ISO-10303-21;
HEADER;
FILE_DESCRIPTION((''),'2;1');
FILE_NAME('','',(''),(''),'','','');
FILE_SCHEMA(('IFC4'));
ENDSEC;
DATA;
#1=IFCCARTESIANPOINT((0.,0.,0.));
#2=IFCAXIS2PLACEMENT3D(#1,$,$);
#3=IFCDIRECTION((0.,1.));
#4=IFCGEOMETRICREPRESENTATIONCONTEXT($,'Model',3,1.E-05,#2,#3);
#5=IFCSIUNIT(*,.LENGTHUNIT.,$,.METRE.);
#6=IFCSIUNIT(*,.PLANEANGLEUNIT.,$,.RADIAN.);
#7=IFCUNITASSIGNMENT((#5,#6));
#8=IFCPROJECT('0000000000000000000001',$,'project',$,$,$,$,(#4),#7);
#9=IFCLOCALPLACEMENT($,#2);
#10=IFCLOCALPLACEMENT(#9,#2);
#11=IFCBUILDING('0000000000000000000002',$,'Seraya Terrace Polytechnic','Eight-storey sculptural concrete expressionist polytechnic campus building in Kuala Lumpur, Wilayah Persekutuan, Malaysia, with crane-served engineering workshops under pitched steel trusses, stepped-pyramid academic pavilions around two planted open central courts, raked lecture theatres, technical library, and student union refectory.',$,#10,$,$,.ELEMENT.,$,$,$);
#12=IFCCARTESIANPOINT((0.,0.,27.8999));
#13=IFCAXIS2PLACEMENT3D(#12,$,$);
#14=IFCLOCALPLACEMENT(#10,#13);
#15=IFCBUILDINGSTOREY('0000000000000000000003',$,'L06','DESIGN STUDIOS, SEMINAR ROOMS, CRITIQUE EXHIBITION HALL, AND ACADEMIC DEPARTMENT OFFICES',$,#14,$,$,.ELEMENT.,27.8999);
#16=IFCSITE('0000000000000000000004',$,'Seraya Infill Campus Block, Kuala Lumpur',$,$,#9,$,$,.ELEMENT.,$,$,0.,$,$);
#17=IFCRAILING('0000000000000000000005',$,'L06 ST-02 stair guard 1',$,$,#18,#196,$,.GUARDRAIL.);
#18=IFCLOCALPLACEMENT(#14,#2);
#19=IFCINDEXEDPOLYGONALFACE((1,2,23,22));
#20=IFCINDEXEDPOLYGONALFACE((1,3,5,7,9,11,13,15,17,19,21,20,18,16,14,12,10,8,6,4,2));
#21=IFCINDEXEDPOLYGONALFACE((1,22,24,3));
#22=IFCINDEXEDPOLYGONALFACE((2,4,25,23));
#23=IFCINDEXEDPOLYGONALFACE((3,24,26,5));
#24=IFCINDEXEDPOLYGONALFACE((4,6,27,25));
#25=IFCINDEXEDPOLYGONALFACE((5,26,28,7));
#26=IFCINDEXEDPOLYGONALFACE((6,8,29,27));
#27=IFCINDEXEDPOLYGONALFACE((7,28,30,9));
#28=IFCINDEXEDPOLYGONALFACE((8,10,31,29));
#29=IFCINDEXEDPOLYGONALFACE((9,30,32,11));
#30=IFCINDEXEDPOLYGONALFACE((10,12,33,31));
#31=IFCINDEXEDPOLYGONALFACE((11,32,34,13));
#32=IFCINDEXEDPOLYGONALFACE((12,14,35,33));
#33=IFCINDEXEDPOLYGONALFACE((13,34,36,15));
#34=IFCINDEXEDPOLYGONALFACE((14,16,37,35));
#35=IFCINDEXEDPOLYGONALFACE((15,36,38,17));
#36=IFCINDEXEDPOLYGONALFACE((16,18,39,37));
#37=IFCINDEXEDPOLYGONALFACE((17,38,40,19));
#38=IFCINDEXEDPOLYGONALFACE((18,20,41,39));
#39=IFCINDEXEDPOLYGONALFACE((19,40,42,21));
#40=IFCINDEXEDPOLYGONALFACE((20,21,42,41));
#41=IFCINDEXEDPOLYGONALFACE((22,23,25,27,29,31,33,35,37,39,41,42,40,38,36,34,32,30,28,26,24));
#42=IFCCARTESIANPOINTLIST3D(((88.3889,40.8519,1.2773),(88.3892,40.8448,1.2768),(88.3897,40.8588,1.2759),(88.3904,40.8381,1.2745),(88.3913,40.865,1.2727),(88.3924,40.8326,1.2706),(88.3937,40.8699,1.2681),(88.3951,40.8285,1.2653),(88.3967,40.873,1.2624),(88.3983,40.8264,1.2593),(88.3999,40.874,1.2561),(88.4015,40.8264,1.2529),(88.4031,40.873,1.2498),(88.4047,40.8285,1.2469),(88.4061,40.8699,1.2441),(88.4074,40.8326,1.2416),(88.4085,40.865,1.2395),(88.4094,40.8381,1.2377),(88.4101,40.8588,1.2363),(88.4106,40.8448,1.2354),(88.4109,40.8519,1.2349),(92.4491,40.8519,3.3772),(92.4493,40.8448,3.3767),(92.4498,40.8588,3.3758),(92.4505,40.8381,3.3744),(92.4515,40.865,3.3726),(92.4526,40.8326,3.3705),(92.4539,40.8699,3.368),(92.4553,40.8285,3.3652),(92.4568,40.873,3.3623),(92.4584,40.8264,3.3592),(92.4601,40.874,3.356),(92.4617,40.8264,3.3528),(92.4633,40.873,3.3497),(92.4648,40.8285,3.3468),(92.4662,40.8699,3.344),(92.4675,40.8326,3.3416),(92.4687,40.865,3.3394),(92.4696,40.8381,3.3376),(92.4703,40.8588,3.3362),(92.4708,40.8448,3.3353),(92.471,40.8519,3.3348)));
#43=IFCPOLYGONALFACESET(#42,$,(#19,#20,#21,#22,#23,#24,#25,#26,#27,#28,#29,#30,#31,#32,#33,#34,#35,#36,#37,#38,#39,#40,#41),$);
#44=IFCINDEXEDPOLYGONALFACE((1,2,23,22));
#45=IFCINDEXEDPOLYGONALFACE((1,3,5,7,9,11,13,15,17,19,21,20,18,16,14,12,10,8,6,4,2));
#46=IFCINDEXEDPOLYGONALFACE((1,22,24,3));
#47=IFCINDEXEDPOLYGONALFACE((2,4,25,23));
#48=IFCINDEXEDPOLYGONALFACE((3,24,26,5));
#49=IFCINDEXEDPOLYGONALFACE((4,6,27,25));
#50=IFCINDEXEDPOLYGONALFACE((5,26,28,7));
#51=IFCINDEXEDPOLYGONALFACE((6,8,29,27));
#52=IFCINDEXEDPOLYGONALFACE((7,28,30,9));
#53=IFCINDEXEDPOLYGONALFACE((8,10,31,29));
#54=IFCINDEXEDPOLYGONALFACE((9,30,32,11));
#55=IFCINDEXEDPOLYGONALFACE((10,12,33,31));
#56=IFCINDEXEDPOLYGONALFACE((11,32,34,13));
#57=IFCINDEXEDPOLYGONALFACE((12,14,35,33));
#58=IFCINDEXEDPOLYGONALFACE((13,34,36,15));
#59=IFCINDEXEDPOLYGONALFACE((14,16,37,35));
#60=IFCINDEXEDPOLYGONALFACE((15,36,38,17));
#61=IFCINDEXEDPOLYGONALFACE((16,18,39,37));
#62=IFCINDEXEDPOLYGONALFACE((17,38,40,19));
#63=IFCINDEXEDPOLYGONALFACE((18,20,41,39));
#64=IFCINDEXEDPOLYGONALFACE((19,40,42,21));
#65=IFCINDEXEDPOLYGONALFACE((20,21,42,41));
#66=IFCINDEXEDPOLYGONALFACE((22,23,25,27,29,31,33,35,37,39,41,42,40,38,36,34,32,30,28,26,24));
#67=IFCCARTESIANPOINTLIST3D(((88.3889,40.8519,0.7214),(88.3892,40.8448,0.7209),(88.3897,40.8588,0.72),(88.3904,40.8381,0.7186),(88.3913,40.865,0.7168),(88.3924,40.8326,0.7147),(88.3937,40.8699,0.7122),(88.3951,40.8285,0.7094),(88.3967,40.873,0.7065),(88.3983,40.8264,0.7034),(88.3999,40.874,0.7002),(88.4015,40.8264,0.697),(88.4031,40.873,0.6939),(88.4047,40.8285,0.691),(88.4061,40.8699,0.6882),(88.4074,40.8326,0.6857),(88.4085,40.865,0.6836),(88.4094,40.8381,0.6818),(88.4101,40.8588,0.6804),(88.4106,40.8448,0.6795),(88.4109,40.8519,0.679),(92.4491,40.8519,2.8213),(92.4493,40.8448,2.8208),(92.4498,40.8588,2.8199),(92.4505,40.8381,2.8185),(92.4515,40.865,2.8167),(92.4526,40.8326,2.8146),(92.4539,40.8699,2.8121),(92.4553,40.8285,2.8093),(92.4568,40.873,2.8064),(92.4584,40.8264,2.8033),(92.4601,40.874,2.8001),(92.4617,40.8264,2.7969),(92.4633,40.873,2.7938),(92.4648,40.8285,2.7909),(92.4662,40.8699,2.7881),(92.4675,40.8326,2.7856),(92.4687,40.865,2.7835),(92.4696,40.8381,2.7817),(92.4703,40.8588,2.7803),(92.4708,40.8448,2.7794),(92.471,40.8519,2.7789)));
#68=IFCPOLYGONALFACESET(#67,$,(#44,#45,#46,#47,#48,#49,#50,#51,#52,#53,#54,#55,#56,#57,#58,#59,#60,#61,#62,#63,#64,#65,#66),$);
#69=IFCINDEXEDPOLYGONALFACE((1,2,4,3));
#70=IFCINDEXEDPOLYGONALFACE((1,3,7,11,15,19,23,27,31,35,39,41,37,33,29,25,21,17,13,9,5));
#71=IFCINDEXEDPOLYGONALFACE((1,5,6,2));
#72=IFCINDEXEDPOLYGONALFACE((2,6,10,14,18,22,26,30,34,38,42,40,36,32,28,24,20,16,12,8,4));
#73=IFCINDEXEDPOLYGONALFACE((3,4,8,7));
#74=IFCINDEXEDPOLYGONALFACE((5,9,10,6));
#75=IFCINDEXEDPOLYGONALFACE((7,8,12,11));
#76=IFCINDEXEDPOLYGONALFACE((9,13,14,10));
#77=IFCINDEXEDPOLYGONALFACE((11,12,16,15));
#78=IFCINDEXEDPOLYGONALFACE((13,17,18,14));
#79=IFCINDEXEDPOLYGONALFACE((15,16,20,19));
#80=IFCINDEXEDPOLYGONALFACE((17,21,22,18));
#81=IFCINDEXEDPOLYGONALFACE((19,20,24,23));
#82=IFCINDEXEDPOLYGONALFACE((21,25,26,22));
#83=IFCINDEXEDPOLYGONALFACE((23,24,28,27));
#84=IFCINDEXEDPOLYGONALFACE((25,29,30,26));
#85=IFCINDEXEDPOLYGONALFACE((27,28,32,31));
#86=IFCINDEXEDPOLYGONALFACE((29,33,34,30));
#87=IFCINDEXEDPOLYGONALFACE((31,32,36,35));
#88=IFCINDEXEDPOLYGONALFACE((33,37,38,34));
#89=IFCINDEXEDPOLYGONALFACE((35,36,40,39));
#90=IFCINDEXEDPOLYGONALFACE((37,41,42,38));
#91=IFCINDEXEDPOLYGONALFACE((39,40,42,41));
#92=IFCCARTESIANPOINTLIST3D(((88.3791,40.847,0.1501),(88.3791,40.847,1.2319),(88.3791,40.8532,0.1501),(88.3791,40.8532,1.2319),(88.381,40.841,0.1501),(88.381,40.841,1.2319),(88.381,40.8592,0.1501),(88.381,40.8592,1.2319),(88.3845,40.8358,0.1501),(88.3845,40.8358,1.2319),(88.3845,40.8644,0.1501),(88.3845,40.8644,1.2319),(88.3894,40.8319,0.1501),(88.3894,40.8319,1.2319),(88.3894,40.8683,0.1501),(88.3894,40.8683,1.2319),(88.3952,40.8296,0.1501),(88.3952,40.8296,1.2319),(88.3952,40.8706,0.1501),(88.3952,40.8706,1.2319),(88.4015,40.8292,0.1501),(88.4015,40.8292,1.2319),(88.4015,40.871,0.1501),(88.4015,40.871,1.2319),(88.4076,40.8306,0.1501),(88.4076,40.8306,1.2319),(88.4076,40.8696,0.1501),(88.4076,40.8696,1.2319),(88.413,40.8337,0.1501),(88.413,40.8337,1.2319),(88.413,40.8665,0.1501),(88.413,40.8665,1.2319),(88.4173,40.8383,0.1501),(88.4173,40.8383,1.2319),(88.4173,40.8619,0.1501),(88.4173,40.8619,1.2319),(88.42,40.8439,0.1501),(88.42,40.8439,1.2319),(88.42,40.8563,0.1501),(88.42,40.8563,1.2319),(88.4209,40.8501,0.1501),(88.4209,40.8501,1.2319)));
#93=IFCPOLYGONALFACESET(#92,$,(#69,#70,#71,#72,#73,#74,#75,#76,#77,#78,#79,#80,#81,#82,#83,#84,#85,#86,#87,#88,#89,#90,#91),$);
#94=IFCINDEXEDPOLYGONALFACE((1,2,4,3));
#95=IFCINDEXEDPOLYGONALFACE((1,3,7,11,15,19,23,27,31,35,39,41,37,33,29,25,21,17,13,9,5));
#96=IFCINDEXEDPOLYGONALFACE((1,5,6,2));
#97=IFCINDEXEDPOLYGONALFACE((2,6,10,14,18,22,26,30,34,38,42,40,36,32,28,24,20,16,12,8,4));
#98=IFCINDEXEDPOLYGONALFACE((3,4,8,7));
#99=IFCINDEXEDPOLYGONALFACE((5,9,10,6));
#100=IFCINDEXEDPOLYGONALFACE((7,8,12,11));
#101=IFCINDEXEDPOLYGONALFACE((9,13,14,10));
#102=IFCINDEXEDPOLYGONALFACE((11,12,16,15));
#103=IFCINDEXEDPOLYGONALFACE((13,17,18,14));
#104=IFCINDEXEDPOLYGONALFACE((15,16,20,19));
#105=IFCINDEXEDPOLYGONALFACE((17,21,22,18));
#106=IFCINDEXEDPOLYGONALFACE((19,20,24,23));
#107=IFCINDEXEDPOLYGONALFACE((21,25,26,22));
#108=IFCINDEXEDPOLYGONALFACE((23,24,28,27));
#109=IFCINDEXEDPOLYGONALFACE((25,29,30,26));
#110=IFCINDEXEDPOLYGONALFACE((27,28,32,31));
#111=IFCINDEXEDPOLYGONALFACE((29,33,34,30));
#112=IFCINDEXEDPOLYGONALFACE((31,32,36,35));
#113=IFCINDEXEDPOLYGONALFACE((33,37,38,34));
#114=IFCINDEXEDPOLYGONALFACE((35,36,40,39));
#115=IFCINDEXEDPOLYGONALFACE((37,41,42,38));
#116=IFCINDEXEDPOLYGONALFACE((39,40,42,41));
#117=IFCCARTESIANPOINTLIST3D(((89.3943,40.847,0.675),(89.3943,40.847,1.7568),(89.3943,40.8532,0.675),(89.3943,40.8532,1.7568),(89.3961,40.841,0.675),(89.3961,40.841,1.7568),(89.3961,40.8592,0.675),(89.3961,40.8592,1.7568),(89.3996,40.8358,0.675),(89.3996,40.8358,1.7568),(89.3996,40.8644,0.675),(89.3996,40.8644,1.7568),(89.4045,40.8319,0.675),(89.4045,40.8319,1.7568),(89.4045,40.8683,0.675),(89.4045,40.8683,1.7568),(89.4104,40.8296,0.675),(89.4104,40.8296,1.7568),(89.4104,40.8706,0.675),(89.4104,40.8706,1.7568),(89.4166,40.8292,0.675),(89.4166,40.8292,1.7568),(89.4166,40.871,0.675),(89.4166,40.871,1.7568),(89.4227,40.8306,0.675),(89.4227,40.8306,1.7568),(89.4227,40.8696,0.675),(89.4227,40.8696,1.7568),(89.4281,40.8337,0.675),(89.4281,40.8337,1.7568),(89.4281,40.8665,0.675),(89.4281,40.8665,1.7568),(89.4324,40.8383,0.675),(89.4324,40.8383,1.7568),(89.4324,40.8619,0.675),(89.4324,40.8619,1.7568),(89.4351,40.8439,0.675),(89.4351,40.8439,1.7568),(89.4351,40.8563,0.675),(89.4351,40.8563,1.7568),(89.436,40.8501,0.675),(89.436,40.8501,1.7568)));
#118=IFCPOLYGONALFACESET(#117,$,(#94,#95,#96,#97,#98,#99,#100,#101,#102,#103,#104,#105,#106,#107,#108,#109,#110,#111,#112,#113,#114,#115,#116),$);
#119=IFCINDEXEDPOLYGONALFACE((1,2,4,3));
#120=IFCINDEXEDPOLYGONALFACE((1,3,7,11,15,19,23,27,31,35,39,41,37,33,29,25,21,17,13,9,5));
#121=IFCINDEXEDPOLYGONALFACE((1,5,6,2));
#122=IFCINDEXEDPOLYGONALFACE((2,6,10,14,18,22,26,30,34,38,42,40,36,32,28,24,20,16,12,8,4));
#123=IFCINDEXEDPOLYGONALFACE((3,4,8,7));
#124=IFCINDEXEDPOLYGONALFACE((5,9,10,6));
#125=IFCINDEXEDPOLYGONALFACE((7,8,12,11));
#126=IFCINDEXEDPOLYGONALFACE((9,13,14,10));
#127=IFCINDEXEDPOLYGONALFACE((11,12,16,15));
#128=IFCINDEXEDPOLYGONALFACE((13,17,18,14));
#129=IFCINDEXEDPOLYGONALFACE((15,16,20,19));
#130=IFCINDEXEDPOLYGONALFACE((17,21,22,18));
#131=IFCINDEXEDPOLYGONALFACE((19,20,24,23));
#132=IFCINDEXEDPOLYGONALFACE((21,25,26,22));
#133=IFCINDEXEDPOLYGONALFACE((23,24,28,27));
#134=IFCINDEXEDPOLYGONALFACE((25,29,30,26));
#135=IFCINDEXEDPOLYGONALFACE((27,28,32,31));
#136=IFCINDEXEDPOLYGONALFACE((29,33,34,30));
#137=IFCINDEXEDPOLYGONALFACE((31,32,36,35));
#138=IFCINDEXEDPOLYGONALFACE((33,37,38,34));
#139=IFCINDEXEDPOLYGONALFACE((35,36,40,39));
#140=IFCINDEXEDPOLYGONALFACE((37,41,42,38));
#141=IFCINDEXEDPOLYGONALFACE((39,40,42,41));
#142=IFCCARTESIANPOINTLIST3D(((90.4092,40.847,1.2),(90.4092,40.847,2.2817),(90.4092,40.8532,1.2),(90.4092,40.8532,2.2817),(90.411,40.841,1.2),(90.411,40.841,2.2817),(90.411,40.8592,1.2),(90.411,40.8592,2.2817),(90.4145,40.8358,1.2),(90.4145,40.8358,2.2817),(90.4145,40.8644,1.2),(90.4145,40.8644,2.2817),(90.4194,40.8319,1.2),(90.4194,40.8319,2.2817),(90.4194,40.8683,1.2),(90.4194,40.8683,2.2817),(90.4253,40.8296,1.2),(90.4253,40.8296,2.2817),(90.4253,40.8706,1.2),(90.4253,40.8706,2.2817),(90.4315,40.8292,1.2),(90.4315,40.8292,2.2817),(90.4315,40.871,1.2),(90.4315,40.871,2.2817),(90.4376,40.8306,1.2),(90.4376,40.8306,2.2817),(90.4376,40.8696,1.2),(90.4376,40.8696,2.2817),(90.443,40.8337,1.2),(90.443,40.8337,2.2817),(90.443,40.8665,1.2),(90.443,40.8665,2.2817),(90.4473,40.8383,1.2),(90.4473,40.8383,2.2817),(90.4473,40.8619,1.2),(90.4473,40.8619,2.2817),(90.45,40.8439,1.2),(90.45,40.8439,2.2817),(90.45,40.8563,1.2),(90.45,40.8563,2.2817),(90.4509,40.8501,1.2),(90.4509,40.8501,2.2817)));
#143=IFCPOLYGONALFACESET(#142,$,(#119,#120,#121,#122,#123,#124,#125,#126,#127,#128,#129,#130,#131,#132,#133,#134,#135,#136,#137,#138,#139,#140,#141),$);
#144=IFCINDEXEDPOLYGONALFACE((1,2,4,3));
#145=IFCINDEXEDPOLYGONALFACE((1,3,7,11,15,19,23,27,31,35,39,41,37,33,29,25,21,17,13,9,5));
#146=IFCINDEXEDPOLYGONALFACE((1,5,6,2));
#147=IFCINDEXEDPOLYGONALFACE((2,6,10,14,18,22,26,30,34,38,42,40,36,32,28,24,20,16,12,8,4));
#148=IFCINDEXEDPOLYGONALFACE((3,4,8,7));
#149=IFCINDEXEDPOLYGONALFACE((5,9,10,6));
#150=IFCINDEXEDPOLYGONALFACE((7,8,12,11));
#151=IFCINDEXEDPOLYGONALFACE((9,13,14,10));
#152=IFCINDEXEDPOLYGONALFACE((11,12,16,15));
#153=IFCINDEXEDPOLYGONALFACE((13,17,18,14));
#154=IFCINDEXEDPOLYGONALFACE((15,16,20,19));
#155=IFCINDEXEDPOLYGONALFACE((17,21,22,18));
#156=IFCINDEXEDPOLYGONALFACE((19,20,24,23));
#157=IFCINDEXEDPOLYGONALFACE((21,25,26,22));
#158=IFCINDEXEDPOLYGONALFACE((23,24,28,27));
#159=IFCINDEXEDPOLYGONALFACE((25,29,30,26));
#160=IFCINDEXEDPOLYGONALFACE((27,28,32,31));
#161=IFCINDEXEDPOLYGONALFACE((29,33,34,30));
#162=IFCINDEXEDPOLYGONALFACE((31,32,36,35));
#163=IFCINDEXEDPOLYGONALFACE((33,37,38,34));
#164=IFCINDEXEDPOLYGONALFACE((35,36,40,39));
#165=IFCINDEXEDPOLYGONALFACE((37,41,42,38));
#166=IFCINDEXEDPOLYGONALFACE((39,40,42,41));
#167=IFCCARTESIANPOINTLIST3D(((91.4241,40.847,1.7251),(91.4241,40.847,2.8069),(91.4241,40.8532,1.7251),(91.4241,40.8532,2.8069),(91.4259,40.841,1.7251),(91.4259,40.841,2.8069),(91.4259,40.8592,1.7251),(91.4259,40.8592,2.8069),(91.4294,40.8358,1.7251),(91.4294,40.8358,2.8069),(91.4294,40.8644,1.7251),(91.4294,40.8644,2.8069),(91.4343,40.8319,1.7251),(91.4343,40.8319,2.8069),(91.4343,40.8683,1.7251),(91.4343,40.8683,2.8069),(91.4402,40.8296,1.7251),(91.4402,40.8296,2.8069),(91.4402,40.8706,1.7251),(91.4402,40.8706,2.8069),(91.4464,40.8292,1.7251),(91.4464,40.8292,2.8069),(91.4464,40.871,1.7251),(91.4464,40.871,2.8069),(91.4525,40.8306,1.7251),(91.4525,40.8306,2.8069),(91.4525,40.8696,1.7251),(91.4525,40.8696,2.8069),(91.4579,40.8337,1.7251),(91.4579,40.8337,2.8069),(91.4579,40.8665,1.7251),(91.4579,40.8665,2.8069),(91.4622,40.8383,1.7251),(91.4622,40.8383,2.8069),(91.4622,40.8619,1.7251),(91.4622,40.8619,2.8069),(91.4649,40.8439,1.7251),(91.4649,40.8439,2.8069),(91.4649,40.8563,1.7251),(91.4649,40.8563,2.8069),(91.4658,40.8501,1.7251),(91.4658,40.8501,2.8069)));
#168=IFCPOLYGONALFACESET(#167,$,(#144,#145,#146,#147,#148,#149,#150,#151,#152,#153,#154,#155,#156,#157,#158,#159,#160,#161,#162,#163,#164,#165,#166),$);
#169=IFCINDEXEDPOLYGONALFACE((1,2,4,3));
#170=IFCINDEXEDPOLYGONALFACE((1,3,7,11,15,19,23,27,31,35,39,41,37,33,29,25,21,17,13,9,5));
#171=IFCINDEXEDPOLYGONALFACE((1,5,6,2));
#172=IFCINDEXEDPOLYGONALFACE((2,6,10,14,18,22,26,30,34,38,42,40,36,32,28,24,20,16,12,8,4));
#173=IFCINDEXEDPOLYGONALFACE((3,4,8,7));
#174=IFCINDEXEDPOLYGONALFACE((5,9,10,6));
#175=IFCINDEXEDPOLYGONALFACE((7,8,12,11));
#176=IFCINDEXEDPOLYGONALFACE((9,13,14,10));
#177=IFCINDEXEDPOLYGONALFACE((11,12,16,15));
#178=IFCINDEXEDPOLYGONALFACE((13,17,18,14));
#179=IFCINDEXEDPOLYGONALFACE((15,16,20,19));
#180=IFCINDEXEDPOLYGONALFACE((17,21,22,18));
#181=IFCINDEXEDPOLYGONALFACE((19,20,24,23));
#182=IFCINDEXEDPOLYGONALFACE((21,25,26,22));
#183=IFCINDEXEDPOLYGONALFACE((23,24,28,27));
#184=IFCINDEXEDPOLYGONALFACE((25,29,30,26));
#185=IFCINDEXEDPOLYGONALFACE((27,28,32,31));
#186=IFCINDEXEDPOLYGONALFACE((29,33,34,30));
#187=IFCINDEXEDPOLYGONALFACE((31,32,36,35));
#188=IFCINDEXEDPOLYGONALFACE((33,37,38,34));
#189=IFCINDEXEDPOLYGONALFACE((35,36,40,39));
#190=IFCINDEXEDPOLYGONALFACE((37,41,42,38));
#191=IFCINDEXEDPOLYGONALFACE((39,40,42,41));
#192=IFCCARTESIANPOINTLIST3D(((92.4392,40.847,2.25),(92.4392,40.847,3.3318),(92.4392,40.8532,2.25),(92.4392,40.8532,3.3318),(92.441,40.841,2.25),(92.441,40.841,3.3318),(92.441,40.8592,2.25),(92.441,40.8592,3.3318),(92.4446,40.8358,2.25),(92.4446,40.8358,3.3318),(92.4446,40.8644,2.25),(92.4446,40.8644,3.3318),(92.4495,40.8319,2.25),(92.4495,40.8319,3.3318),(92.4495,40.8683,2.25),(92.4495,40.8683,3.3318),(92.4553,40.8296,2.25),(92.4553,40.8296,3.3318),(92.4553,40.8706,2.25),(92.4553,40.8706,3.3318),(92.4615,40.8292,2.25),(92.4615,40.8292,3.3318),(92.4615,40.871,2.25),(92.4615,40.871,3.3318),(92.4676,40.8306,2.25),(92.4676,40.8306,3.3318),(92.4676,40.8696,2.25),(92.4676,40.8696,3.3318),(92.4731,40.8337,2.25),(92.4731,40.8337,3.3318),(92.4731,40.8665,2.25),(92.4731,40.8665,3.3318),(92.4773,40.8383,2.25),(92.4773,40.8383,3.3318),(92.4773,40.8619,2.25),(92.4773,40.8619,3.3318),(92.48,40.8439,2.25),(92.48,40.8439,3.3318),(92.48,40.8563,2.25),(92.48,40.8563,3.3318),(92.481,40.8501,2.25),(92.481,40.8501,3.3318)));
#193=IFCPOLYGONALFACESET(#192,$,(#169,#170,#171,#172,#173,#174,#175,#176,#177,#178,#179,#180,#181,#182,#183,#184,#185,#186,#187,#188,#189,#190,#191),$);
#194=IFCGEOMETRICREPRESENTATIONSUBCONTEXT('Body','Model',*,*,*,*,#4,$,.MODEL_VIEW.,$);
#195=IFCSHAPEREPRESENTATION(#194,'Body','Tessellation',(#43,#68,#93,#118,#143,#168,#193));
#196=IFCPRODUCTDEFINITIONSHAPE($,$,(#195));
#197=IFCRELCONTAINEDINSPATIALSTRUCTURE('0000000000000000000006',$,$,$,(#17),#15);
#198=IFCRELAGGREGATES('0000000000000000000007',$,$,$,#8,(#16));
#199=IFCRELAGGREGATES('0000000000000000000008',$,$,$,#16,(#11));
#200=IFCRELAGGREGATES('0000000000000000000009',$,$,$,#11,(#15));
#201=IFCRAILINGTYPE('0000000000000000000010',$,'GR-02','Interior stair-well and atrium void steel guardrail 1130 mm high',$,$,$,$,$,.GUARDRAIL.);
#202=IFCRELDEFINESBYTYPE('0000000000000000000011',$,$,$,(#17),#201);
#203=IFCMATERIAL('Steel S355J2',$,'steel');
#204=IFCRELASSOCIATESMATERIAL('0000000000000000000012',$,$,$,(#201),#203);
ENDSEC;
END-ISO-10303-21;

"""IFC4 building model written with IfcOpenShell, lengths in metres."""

from ifc_helpers import new_model, si_unit, direction, frame, origin, origin_2d, place, context, subcontext, project, spatial, circle, extrude, material, type_object, element, save


model = new_model("IFC4")

# Units and contexts
model_context = context("Model", 3, precision=1e-05, world=origin(), true_north=direction((0.0, 1.0)))
body_context = subcontext(model_context, "Body", "Model", "MODEL_VIEW")
ifc_project = project(units=[si_unit("LENGTHUNIT", "METRE"), si_unit("PLANEANGLEUNIT", "RADIAN")], contexts=[model_context])

# Site, building, storey
site_placement = place(None, origin())
site = spatial("IfcSite", under=ifc_project, at=site_placement, Name="Seraya Infill Campus Block, Kuala Lumpur", CompositionType="ELEMENT", RefElevation=0.0)
building_placement = place(site_placement, origin())
building = spatial("IfcBuilding", under=site, at=building_placement, Name="Seraya Terrace Polytechnic", Description="Eight-storey sculptural concrete expressionist polytechnic campus building in Kuala Lumpur, Wilayah Persekutuan, Malaysia, with crane-served engineering workshops under pitched steel trusses, stepped-pyramid academic pavilions around two planted open central courts, raked lecture theatres, technical library, and student union refectory.", CompositionType="ELEMENT")
storey_placement = place(building_placement, frame((0.0, 0.0, 27.8999)))
storey = spatial("IfcBuildingStorey", under=building, at=storey_placement, Name="L06", Description="DESIGN STUDIOS, SEMINAR ROOMS, CRITIQUE EXHIBITION HALL, AND ACADEMIC DEPARTMENT OFFICES", CompositionType="ELEMENT", Elevation=27.8999)

# Shared definitions
ifc_material_1 = material(Name="Steel S355J2", Category="steel")

# Railing
railing_type_1 = type_object("IfcRailingType", Name="GR-02", Description="Interior stair-well and atrium void steel guardrail 1130 mm high", PredefinedType="GUARDRAIL", material=ifc_material_1)
railing_1_placement = place(storey_placement, frame((88.3999, 40.8501, 0.1501)))
element("IfcRailing", 1, at=railing_1_placement, inside=storey, type_object=railing_type_1, Name="L06 ST-02 stair guard 1", PredefinedType="GUARDRAIL", context=body_context, shape_type="SweptSolid", body=[
    extrude(circle(Radius=0.0239, at=origin_2d()), frame((0.0, 0.0, 1.106), z_axis=(0.888233, 0.0, 0.459392), x_axis=(0.0, 1.0, 0.0)), (0.0, 0.0, 1.0), 4.571),
    extrude(circle(Radius=0.0239, at=origin_2d()), frame((0.0, 0.0, 0.55), z_axis=(0.888233, 0.0, 0.459392), x_axis=(0.0, 1.0, 0.0)), (0.0, 0.0, 1.0), 4.571),
    extrude(circle(Radius=0.021, at=origin_2d()), origin(), (0.0, 0.0, 1.0), 1.0818),
    extrude(circle(Radius=0.021, at=origin_2d()), frame((1.0151, 0.0, 0.5249)), (0.0, 0.0, 1.0), 1.0818),
    extrude(circle(Radius=0.021, at=origin_2d()), frame((2.03, 0.0, 1.0498)), (0.0, 0.0, 1.0), 1.0818),
    extrude(circle(Radius=0.021, at=origin_2d()), frame((3.0449, 0.0, 1.575)), (0.0, 0.0, 1.0), 1.0818),
    extrude(circle(Radius=0.021, at=origin_2d()), frame((4.0601, 0.0, 2.0999)), (0.0, 0.0, 1.0), 1.0818),
])

save(model, "model.ifc")
